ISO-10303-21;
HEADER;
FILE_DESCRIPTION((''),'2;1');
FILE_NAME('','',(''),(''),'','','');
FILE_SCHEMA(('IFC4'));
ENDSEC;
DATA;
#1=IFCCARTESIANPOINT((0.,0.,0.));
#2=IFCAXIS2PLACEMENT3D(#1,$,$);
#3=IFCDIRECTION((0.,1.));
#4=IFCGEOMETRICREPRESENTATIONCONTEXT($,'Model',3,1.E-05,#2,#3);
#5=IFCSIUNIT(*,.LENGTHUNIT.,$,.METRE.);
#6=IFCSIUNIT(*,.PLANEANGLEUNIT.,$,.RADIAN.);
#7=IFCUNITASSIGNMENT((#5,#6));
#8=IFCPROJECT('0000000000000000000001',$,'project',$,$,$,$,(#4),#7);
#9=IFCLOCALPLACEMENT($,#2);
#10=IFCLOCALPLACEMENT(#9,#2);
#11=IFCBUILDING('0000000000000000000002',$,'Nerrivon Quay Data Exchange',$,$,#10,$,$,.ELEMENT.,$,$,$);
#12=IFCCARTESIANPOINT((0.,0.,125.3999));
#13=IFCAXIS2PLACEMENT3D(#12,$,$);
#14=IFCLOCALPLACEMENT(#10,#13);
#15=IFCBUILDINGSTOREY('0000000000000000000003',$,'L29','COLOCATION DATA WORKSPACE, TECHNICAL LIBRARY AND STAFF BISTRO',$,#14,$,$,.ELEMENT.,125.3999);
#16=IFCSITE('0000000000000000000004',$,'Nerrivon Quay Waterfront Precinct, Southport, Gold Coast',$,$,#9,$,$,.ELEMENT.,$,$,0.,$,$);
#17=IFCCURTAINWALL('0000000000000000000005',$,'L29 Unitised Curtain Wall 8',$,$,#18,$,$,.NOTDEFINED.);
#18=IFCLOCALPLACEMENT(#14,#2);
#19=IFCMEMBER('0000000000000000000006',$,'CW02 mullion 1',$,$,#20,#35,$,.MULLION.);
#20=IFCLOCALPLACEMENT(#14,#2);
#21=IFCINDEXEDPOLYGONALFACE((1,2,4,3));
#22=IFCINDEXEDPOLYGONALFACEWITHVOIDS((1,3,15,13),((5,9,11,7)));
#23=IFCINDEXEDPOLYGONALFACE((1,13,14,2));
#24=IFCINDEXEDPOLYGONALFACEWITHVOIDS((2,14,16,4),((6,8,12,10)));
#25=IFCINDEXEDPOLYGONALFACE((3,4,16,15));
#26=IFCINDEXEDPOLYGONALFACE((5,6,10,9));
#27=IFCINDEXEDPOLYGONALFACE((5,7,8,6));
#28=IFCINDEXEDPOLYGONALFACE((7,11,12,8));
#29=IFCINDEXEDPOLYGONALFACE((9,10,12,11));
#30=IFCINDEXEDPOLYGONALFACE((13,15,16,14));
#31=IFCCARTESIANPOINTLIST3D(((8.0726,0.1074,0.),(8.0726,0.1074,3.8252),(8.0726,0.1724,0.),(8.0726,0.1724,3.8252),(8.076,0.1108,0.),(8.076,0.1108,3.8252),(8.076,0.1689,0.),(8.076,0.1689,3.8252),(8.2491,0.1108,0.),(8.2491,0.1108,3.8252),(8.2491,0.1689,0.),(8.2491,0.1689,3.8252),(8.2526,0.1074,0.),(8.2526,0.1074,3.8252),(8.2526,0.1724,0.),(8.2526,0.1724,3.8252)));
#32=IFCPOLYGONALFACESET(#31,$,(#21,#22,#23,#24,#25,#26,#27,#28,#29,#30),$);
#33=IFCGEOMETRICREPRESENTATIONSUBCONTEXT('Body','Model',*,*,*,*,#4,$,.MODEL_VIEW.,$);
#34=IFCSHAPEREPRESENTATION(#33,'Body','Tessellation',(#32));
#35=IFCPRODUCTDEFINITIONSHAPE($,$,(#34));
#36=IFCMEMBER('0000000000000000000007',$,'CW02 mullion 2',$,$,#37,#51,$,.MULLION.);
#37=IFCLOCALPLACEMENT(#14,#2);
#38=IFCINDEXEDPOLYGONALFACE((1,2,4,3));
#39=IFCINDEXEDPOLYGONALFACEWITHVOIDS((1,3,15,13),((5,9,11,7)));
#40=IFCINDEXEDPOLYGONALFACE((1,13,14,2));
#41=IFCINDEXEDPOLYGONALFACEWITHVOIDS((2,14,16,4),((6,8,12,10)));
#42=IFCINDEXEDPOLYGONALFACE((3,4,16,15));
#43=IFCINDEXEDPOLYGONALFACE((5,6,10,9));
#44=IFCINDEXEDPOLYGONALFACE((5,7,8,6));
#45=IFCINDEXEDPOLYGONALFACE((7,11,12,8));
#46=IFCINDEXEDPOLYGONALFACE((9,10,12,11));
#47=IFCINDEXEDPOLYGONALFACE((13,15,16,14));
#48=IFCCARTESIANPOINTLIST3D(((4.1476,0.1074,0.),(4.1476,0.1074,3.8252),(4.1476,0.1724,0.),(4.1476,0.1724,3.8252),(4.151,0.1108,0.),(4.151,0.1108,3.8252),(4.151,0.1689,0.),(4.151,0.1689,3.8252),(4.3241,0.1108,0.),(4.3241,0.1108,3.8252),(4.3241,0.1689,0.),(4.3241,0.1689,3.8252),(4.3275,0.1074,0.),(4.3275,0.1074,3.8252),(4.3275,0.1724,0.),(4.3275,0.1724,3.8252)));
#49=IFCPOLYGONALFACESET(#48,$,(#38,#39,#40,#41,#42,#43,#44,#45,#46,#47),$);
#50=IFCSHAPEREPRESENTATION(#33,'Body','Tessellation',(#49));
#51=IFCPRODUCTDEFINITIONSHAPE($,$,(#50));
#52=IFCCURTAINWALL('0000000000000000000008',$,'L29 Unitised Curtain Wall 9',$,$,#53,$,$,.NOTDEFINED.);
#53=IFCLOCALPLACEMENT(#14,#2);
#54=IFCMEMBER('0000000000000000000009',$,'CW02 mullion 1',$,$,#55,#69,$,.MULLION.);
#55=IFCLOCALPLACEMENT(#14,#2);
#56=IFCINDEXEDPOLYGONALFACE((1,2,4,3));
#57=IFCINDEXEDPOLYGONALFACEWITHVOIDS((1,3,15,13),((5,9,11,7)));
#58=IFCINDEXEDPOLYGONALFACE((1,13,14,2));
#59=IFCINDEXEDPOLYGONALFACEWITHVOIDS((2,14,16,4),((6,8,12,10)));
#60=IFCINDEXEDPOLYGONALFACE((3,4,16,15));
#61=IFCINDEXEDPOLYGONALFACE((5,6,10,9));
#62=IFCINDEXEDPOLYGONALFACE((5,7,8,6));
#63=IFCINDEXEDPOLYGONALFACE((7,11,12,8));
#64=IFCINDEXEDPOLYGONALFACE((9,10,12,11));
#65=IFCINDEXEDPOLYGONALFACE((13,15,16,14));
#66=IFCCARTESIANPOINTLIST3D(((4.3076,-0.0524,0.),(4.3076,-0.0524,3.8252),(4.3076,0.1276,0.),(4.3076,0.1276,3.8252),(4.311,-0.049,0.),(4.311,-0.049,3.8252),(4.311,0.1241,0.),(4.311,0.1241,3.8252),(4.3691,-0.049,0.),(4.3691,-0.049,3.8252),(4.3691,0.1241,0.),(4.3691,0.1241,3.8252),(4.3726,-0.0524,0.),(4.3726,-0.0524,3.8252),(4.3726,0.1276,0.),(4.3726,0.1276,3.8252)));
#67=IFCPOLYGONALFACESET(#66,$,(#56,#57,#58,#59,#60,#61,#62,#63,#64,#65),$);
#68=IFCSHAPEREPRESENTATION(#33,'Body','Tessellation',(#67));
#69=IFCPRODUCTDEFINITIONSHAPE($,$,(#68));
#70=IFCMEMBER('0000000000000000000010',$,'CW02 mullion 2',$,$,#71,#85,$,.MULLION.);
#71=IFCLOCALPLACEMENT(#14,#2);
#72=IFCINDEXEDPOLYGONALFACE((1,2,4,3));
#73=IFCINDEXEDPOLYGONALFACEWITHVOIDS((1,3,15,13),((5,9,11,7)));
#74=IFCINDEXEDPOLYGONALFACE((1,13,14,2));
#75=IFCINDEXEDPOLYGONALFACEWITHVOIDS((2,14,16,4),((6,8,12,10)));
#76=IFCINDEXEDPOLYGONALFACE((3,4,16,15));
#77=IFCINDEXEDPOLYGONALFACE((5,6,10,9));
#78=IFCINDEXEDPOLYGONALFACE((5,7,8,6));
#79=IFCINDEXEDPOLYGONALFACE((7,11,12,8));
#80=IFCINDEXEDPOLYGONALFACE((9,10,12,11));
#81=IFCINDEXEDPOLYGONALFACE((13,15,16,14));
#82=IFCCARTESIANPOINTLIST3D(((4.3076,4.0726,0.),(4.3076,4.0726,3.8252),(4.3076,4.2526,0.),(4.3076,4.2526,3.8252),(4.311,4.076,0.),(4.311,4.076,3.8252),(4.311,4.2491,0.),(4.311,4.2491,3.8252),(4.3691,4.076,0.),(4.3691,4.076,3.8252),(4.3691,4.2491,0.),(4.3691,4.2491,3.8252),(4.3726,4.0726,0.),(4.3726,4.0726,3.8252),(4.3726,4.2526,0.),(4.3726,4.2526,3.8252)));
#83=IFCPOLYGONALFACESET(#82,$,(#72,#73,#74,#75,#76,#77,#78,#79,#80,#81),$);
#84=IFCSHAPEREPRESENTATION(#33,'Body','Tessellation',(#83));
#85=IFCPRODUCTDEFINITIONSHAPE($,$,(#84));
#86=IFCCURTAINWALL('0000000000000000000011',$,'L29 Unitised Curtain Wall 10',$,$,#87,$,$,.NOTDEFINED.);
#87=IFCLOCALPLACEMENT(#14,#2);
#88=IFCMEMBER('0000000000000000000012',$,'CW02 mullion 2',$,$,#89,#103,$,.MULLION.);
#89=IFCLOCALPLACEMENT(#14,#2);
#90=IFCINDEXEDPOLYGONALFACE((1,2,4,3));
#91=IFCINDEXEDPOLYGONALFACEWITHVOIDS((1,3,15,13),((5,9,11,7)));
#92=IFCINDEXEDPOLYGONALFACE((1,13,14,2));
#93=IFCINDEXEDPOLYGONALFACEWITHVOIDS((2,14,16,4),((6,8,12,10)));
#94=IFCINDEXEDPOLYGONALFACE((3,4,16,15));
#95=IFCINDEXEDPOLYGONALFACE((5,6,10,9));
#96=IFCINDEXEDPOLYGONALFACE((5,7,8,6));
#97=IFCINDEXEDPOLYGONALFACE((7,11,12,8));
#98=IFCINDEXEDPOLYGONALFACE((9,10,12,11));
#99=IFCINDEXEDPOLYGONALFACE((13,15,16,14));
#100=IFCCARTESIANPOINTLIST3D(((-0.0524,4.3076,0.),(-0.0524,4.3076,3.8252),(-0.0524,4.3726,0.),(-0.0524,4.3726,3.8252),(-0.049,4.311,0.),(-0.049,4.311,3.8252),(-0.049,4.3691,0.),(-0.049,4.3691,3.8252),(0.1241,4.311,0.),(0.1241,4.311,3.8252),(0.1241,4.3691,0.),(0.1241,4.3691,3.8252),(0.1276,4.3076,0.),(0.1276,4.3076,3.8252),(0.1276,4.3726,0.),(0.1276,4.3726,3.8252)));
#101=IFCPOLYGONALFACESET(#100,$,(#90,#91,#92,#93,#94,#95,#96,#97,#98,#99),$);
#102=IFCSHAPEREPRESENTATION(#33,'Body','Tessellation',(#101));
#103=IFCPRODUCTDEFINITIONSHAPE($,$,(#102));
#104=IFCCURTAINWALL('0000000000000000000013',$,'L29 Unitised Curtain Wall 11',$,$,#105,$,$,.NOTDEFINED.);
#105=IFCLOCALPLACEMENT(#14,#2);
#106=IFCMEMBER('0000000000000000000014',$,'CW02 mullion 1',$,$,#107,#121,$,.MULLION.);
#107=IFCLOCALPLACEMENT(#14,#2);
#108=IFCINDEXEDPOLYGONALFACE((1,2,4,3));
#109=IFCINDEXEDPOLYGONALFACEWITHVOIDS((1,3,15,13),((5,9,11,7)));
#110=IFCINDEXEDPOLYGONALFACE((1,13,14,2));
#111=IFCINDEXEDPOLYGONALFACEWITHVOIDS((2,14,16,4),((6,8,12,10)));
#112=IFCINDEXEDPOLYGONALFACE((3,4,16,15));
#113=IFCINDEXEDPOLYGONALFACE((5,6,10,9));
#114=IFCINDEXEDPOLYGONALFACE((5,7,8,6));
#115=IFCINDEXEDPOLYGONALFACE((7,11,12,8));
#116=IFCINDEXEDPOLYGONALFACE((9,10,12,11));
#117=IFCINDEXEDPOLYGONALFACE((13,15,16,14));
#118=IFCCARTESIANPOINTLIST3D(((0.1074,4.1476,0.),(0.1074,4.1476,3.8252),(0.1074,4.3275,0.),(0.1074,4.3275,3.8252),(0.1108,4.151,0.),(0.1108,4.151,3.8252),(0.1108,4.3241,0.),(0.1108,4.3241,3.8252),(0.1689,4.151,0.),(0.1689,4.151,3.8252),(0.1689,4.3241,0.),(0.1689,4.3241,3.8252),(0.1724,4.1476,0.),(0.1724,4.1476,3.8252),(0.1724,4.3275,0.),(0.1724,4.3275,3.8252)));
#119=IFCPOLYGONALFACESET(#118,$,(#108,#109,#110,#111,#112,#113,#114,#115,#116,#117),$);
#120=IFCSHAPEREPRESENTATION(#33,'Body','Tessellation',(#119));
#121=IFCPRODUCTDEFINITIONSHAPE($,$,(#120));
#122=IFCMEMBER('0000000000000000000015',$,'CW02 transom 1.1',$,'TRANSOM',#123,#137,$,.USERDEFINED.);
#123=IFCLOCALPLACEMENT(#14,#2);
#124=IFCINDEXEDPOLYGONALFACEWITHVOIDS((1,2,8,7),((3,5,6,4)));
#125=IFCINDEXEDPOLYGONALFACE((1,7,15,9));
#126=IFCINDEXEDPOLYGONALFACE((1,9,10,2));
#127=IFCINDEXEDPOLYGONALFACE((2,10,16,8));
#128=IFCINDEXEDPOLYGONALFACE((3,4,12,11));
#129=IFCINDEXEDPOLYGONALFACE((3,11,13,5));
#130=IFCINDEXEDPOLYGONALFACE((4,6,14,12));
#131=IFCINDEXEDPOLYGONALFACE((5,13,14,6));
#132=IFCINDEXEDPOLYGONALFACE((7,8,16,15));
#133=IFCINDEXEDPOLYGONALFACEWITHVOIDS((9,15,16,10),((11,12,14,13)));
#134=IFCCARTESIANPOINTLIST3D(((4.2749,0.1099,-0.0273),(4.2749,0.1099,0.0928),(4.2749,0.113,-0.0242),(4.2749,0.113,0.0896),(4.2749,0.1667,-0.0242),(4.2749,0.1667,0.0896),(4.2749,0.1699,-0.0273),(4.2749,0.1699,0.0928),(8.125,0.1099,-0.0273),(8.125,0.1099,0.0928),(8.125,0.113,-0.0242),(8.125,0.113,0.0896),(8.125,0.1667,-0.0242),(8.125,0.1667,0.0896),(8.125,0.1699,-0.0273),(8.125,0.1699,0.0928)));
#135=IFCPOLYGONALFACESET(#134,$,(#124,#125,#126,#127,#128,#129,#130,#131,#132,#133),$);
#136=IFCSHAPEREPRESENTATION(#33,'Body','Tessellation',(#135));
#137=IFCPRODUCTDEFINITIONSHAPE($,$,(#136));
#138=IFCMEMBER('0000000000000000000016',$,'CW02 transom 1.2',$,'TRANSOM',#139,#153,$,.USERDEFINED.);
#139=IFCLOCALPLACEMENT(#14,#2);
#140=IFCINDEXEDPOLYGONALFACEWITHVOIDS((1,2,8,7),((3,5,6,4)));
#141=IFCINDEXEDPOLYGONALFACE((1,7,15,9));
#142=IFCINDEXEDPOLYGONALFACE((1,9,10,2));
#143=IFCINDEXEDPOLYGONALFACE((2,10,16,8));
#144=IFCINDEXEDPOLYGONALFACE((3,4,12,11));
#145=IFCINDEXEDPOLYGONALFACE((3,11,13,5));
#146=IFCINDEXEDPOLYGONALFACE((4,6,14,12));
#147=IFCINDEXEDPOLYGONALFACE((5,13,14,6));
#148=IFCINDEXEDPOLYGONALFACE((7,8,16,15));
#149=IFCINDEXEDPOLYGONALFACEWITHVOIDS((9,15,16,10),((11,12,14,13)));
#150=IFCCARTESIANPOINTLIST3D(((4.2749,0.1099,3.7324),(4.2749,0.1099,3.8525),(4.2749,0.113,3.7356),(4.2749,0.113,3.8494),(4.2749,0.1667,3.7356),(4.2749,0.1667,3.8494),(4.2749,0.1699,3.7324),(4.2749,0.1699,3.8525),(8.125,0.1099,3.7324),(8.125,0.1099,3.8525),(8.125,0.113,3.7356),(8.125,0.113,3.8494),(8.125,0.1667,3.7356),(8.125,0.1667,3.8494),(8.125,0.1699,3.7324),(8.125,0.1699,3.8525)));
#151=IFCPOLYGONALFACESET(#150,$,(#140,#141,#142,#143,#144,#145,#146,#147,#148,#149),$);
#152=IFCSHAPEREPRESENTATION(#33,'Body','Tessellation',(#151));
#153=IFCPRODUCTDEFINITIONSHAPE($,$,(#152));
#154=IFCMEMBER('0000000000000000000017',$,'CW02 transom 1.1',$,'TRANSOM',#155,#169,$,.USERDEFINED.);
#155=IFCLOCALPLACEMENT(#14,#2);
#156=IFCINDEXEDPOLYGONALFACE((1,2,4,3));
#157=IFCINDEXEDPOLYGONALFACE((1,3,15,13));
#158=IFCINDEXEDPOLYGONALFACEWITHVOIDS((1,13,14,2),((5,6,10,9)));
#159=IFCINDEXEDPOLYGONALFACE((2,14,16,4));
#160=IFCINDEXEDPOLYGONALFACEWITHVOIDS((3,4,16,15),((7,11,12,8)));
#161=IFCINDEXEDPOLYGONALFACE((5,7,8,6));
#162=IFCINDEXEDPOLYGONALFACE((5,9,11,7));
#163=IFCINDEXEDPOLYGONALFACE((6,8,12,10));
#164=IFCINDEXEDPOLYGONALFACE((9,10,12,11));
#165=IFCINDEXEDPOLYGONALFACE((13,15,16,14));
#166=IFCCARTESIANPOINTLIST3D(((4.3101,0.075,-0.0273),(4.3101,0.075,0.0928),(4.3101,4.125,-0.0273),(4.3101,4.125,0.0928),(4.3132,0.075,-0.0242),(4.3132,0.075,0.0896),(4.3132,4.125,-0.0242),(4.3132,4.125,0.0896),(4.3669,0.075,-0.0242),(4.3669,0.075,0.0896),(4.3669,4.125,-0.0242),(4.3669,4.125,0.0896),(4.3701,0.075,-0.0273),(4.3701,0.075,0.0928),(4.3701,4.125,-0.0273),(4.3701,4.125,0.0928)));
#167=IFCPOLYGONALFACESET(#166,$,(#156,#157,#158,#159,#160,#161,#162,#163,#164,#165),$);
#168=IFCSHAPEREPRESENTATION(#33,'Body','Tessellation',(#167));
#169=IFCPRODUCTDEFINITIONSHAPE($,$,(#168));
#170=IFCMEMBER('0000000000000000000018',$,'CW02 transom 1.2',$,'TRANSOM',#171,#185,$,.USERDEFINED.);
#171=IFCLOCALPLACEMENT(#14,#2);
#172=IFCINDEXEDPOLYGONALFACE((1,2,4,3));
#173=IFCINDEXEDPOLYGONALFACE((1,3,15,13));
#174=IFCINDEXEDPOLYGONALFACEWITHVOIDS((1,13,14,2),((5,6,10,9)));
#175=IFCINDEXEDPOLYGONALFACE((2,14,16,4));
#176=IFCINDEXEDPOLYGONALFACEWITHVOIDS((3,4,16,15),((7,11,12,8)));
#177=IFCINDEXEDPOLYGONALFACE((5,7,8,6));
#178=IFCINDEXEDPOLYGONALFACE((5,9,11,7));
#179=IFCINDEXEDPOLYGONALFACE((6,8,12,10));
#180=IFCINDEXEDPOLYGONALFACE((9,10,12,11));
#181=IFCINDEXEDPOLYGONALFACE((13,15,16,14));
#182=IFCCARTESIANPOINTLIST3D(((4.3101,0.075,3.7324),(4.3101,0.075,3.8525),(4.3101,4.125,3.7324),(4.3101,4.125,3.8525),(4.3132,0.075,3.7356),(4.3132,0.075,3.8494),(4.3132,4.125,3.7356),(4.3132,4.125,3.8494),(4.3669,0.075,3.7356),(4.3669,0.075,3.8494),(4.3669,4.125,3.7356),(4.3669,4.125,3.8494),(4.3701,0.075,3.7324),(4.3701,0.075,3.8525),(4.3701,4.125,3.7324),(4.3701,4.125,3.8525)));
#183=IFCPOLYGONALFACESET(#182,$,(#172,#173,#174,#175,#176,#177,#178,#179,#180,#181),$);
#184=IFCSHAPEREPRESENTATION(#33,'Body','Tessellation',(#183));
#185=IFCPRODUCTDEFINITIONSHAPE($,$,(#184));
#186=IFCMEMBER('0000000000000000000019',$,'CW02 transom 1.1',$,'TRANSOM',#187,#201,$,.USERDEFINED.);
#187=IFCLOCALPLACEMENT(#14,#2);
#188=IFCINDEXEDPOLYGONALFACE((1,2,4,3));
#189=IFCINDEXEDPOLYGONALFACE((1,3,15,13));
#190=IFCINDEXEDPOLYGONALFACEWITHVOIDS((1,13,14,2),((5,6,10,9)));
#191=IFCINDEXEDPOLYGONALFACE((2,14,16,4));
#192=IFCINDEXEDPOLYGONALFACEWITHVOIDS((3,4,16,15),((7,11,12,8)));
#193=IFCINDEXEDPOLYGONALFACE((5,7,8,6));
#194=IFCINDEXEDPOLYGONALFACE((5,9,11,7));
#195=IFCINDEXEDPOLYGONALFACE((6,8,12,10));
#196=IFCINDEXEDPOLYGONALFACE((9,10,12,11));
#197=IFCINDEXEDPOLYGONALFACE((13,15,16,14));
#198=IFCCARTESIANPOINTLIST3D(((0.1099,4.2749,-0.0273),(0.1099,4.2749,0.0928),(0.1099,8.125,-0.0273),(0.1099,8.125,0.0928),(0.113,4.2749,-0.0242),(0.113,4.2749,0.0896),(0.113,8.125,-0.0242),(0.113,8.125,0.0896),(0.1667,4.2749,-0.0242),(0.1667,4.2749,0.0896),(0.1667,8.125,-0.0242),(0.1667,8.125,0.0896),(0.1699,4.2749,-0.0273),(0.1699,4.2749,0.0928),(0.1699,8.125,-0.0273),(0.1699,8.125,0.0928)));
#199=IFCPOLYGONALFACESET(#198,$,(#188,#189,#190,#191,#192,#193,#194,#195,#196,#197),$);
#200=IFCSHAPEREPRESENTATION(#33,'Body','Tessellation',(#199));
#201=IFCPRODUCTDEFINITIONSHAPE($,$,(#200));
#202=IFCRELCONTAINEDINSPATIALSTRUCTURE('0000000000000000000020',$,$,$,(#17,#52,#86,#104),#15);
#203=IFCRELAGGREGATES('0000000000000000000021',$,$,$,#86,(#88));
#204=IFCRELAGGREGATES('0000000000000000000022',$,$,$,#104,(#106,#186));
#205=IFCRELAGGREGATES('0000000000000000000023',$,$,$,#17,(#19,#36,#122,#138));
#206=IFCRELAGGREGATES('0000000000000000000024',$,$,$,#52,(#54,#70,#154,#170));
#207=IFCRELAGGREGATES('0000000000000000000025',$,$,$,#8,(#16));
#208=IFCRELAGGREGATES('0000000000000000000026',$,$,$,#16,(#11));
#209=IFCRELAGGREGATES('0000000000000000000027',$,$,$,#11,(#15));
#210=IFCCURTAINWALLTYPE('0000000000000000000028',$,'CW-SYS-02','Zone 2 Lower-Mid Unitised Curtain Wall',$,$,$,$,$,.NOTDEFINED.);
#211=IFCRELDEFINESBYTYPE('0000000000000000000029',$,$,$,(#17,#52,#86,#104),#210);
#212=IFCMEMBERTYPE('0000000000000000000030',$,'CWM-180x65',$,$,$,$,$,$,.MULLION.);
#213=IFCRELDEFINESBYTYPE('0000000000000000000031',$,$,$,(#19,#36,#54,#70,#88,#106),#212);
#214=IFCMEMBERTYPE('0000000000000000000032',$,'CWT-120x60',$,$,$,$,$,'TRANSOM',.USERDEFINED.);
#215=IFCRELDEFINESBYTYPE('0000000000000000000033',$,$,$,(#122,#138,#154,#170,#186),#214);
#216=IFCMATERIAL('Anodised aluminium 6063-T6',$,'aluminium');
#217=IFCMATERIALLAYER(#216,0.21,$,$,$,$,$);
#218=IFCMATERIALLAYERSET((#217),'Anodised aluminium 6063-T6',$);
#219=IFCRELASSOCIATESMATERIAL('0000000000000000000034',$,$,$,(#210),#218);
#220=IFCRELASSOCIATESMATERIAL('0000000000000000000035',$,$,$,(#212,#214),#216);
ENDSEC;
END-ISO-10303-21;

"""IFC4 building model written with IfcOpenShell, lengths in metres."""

from ifc_helpers import new_model, si_unit, direction, frame, origin, origin_2d, place, context, subcontext, project, spatial, hollow_rectangle, extrude, material, layer, layer_set, material_profile, profile_set, type_object, element, aggregate, save


model = new_model("IFC4")

# Units and contexts
model_context = context("Model", 3, precision=1e-05, world=origin(), true_north=direction((0.0, 1.0)))
body_context = subcontext(model_context, "Body", "Model", "MODEL_VIEW")
ifc_project = project(units=[si_unit("LENGTHUNIT", "METRE"), si_unit("PLANEANGLEUNIT", "RADIAN")], contexts=[model_context])

# Site, building, storey
site_placement = place(None, origin())
site = spatial("IfcSite", under=ifc_project, at=site_placement, Name="Nerrivon Quay Waterfront Precinct, Southport, Gold Coast", CompositionType="ELEMENT", RefElevation=0.0)
building_placement = place(site_placement, origin())
building = spatial("IfcBuilding", under=site, at=building_placement, Name="Nerrivon Quay Data Exchange", CompositionType="ELEMENT")
storey_placement = place(building_placement, frame((0.0, 0.0, 125.3999)))
storey = spatial("IfcBuildingStorey", under=building, at=storey_placement, Name="L29", Description="COLOCATION DATA WORKSPACE, TECHNICAL LIBRARY AND STAFF BISTRO", CompositionType="ELEMENT", Elevation=125.3999)

# Curtain walls, members
ifc_material_1 = material(Name="Anodised aluminium 6063-T6", Category="aluminium")
ifc_layer_1 = layer(ifc_material_1, 0.21)
ifc_layer_set_1 = layer_set([ifc_layer_1], Name="Anodised aluminium 6063-T6")
curtain_wall_type = type_object("IfcCurtainWallType", Name="CW-SYS-02", Description="Zone 2 Lower-Mid Unitised Curtain Wall", PredefinedType="NOTDEFINED", material=ifc_layer_set_1)
curtain_wall_1_placement = place(storey_placement, origin())
curtain_wall_1 = element("IfcCurtainWall", 1, at=curtain_wall_1_placement, inside=storey, type_object=curtain_wall_type, Name="L29 Unitised Curtain Wall 8", PredefinedType="NOTDEFINED")
ifc_material_profile_1 = material_profile(ifc_material_1, hollow_rectangle(XDim=0.0649, YDim=0.1799, WallThickness=0.0034, at=origin_2d()), Name="ALU-MULL-180x65")
ifc_profile_set_1 = profile_set([ifc_material_profile_1], Name="Anodised aluminium 6063-T6")
member_type_1 = type_object("IfcMemberType", Name="CWM-180x65", PredefinedType="MULLION", material=ifc_profile_set_1)
member_1_placement = place(storey_placement, frame((8.1626, 0.1399, 0.0), z_axis=(0.0, 0.0, 1.0), x_axis=(0.0, -1.0, 0.0)))
member_1 = element("IfcMember", 2, at=member_1_placement, type_object=member_type_1, Name="CW02 mullion 1", PredefinedType="MULLION", context=body_context, shape_type="SweptSolid", body=[
    extrude(hollow_rectangle(XDim=0.0649, YDim=0.1799, WallThickness=0.0034, at=origin_2d()), origin(), (0.0, 0.0, 1.0), 3.8252),
])
member_2_placement = place(storey_placement, frame((4.2375, 0.1399, 0.0), z_axis=(0.0, 0.0, 1.0), x_axis=(0.0, -1.0, 0.0)))
member_2 = element("IfcMember", 3, at=member_2_placement, type_object=member_type_1, Name="CW02 mullion 2", PredefinedType="MULLION", context=body_context, shape_type="SweptSolid", body=[
    extrude(hollow_rectangle(XDim=0.0649, YDim=0.1799, WallThickness=0.0034, at=origin_2d()), origin(), (0.0, 0.0, 1.0), 3.8252),
])
curtain_wall_2_placement = place(storey_placement, origin())
curtain_wall_2 = element("IfcCurtainWall", 4, at=curtain_wall_2_placement, inside=storey, type_object=curtain_wall_type, Name="L29 Unitised Curtain Wall 9", PredefinedType="NOTDEFINED")
member_3_placement = place(storey_placement, frame((4.3401, 0.0376, 0.0), z_axis=(0.0, 0.0, 1.0), x_axis=(-1.0, 0.0, 0.0)))
member_3 = element("IfcMember", 5, at=member_3_placement, type_object=member_type_1, Name="CW02 mullion 1", PredefinedType="MULLION", context=body_context, shape_type="SweptSolid", body=[
    extrude(hollow_rectangle(XDim=0.0649, YDim=0.1799, WallThickness=0.0034, at=origin_2d()), origin(), (0.0, 0.0, 1.0), 3.8252),
])
member_4_placement = place(storey_placement, frame((4.3401, 4.1626, 0.0), z_axis=(0.0, 0.0, 1.0), x_axis=(-1.0, 0.0, 0.0)))
member_4 = element("IfcMember", 6, at=member_4_placement, type_object=member_type_1, Name="CW02 mullion 2", PredefinedType="MULLION", context=body_context, shape_type="SweptSolid", body=[
    extrude(hollow_rectangle(XDim=0.0649, YDim=0.1799, WallThickness=0.0034, at=origin_2d()), origin(), (0.0, 0.0, 1.0), 3.8252),
])

# Curtain walls, members
curtain_wall_3_placement = place(storey_placement, origin())
curtain_wall_3 = element("IfcCurtainWall", 7, at=curtain_wall_3_placement, inside=storey, type_object=curtain_wall_type, Name="L29 Unitised Curtain Wall 10", PredefinedType="NOTDEFINED")
member_5_placement = place(storey_placement, frame((0.0376, 4.3401, 0.0), z_axis=(0.0, 0.0, 1.0), x_axis=(0.0, -1.0, 0.0)))
member_5 = element("IfcMember", 8, at=member_5_placement, type_object=member_type_1, Name="CW02 mullion 2", PredefinedType="MULLION", context=body_context, shape_type="SweptSolid", body=[
    extrude(hollow_rectangle(XDim=0.0649, YDim=0.1799, WallThickness=0.0034, at=origin_2d()), origin(), (0.0, 0.0, 1.0), 3.8252),
])
aggregate(curtain_wall_3, [member_5])
curtain_wall_4_placement = place(storey_placement, origin())
curtain_wall_4 = element("IfcCurtainWall", 9, at=curtain_wall_4_placement, inside=storey, type_object=curtain_wall_type, Name="L29 Unitised Curtain Wall 11", PredefinedType="NOTDEFINED")
member_6_placement = place(storey_placement, frame((0.1399, 4.2375, 0.0), z_axis=(0.0, 0.0, 1.0), x_axis=(-1.0, 0.0, 0.0)))
member_6 = element("IfcMember", 10, at=member_6_placement, type_object=member_type_1, Name="CW02 mullion 1", PredefinedType="MULLION", context=body_context, shape_type="SweptSolid", body=[
    extrude(hollow_rectangle(XDim=0.0649, YDim=0.1799, WallThickness=0.0034, at=origin_2d()), origin(), (0.0, 0.0, 1.0), 3.8252),
])

# Members
ifc_material_profile_2 = material_profile(ifc_material_1, hollow_rectangle(XDim=0.0601, YDim=0.1201, WallThickness=0.0032, at=origin_2d()), Name="ALU-TRAN-120x60")
ifc_profile_set_2 = profile_set([ifc_material_profile_2], Name="Anodised aluminium 6063-T6")
member_type_2 = type_object("IfcMemberType", Name="CWT-120x60", ElementType="TRANSOM", PredefinedType="USERDEFINED", material=ifc_profile_set_2)
member_7_placement = place(storey_placement, frame((8.125, 0.1399, 0.0327), z_axis=(-1.0, 0.0, 0.0), x_axis=(0.0, -1.0, 0.0)))
member_7 = element("IfcMember", 11, at=member_7_placement, type_object=member_type_2, Name="CW02 transom 1.1", ObjectType="TRANSOM", PredefinedType="USERDEFINED", context=body_context, shape_type="SweptSolid", body=[
    extrude(hollow_rectangle(XDim=0.0601, YDim=0.1201, WallThickness=0.0032, at=origin_2d()), origin(), (0.0, 0.0, 1.0), 3.8501),
])
member_8_placement = place(storey_placement, frame((8.125, 0.1399, 3.7925), z_axis=(-1.0, 0.0, 0.0), x_axis=(0.0, -1.0, 0.0)))
member_8 = element("IfcMember", 12, at=member_8_placement, type_object=member_type_2, Name="CW02 transom 1.2", ObjectType="TRANSOM", PredefinedType="USERDEFINED", context=body_context, shape_type="SweptSolid", body=[
    extrude(hollow_rectangle(XDim=0.0601, YDim=0.1201, WallThickness=0.0032, at=origin_2d()), origin(), (0.0, 0.0, 1.0), 3.8501),
])
member_9_placement = place(storey_placement, frame((4.3401, 0.075, 0.0327), z_axis=(0.0, 1.0, 0.0), x_axis=(-1.0, 0.0, 0.0)))
member_9 = element("IfcMember", 13, at=member_9_placement, type_object=member_type_2, Name="CW02 transom 1.1", ObjectType="TRANSOM", PredefinedType="USERDEFINED", context=body_context, shape_type="SweptSolid", body=[
    extrude(hollow_rectangle(XDim=0.0601, YDim=0.1201, WallThickness=0.0032, at=origin_2d()), origin(), (0.0, 0.0, 1.0), 4.05),
])
member_10_placement = place(storey_placement, frame((4.3401, 0.075, 3.7925), z_axis=(0.0, 1.0, 0.0), x_axis=(-1.0, 0.0, 0.0)))
member_10 = element("IfcMember", 14, at=member_10_placement, type_object=member_type_2, Name="CW02 transom 1.2", ObjectType="TRANSOM", PredefinedType="USERDEFINED", context=body_context, shape_type="SweptSolid", body=[
    extrude(hollow_rectangle(XDim=0.0601, YDim=0.1201, WallThickness=0.0032, at=origin_2d()), origin(), (0.0, 0.0, 1.0), 4.05),
])
member_11_placement = place(storey_placement, frame((0.1399, 4.2749, 0.0327), z_axis=(0.0, 1.0, 0.0), x_axis=(-1.0, 0.0, 0.0)))
member_11 = element("IfcMember", 15, at=member_11_placement, type_object=member_type_2, Name="CW02 transom 1.1", ObjectType="TRANSOM", PredefinedType="USERDEFINED", context=body_context, shape_type="SweptSolid", body=[
    extrude(hollow_rectangle(XDim=0.0601, YDim=0.1201, WallThickness=0.0032, at=origin_2d()), origin(), (0.0, 0.0, 1.0), 3.8501),
])
aggregate(curtain_wall_4, [member_6, member_11])

aggregate(curtain_wall_1, [member_1, member_2, member_7, member_8])
aggregate(curtain_wall_2, [member_3, member_4, member_9, member_10])

save(model, "model.ifc")
